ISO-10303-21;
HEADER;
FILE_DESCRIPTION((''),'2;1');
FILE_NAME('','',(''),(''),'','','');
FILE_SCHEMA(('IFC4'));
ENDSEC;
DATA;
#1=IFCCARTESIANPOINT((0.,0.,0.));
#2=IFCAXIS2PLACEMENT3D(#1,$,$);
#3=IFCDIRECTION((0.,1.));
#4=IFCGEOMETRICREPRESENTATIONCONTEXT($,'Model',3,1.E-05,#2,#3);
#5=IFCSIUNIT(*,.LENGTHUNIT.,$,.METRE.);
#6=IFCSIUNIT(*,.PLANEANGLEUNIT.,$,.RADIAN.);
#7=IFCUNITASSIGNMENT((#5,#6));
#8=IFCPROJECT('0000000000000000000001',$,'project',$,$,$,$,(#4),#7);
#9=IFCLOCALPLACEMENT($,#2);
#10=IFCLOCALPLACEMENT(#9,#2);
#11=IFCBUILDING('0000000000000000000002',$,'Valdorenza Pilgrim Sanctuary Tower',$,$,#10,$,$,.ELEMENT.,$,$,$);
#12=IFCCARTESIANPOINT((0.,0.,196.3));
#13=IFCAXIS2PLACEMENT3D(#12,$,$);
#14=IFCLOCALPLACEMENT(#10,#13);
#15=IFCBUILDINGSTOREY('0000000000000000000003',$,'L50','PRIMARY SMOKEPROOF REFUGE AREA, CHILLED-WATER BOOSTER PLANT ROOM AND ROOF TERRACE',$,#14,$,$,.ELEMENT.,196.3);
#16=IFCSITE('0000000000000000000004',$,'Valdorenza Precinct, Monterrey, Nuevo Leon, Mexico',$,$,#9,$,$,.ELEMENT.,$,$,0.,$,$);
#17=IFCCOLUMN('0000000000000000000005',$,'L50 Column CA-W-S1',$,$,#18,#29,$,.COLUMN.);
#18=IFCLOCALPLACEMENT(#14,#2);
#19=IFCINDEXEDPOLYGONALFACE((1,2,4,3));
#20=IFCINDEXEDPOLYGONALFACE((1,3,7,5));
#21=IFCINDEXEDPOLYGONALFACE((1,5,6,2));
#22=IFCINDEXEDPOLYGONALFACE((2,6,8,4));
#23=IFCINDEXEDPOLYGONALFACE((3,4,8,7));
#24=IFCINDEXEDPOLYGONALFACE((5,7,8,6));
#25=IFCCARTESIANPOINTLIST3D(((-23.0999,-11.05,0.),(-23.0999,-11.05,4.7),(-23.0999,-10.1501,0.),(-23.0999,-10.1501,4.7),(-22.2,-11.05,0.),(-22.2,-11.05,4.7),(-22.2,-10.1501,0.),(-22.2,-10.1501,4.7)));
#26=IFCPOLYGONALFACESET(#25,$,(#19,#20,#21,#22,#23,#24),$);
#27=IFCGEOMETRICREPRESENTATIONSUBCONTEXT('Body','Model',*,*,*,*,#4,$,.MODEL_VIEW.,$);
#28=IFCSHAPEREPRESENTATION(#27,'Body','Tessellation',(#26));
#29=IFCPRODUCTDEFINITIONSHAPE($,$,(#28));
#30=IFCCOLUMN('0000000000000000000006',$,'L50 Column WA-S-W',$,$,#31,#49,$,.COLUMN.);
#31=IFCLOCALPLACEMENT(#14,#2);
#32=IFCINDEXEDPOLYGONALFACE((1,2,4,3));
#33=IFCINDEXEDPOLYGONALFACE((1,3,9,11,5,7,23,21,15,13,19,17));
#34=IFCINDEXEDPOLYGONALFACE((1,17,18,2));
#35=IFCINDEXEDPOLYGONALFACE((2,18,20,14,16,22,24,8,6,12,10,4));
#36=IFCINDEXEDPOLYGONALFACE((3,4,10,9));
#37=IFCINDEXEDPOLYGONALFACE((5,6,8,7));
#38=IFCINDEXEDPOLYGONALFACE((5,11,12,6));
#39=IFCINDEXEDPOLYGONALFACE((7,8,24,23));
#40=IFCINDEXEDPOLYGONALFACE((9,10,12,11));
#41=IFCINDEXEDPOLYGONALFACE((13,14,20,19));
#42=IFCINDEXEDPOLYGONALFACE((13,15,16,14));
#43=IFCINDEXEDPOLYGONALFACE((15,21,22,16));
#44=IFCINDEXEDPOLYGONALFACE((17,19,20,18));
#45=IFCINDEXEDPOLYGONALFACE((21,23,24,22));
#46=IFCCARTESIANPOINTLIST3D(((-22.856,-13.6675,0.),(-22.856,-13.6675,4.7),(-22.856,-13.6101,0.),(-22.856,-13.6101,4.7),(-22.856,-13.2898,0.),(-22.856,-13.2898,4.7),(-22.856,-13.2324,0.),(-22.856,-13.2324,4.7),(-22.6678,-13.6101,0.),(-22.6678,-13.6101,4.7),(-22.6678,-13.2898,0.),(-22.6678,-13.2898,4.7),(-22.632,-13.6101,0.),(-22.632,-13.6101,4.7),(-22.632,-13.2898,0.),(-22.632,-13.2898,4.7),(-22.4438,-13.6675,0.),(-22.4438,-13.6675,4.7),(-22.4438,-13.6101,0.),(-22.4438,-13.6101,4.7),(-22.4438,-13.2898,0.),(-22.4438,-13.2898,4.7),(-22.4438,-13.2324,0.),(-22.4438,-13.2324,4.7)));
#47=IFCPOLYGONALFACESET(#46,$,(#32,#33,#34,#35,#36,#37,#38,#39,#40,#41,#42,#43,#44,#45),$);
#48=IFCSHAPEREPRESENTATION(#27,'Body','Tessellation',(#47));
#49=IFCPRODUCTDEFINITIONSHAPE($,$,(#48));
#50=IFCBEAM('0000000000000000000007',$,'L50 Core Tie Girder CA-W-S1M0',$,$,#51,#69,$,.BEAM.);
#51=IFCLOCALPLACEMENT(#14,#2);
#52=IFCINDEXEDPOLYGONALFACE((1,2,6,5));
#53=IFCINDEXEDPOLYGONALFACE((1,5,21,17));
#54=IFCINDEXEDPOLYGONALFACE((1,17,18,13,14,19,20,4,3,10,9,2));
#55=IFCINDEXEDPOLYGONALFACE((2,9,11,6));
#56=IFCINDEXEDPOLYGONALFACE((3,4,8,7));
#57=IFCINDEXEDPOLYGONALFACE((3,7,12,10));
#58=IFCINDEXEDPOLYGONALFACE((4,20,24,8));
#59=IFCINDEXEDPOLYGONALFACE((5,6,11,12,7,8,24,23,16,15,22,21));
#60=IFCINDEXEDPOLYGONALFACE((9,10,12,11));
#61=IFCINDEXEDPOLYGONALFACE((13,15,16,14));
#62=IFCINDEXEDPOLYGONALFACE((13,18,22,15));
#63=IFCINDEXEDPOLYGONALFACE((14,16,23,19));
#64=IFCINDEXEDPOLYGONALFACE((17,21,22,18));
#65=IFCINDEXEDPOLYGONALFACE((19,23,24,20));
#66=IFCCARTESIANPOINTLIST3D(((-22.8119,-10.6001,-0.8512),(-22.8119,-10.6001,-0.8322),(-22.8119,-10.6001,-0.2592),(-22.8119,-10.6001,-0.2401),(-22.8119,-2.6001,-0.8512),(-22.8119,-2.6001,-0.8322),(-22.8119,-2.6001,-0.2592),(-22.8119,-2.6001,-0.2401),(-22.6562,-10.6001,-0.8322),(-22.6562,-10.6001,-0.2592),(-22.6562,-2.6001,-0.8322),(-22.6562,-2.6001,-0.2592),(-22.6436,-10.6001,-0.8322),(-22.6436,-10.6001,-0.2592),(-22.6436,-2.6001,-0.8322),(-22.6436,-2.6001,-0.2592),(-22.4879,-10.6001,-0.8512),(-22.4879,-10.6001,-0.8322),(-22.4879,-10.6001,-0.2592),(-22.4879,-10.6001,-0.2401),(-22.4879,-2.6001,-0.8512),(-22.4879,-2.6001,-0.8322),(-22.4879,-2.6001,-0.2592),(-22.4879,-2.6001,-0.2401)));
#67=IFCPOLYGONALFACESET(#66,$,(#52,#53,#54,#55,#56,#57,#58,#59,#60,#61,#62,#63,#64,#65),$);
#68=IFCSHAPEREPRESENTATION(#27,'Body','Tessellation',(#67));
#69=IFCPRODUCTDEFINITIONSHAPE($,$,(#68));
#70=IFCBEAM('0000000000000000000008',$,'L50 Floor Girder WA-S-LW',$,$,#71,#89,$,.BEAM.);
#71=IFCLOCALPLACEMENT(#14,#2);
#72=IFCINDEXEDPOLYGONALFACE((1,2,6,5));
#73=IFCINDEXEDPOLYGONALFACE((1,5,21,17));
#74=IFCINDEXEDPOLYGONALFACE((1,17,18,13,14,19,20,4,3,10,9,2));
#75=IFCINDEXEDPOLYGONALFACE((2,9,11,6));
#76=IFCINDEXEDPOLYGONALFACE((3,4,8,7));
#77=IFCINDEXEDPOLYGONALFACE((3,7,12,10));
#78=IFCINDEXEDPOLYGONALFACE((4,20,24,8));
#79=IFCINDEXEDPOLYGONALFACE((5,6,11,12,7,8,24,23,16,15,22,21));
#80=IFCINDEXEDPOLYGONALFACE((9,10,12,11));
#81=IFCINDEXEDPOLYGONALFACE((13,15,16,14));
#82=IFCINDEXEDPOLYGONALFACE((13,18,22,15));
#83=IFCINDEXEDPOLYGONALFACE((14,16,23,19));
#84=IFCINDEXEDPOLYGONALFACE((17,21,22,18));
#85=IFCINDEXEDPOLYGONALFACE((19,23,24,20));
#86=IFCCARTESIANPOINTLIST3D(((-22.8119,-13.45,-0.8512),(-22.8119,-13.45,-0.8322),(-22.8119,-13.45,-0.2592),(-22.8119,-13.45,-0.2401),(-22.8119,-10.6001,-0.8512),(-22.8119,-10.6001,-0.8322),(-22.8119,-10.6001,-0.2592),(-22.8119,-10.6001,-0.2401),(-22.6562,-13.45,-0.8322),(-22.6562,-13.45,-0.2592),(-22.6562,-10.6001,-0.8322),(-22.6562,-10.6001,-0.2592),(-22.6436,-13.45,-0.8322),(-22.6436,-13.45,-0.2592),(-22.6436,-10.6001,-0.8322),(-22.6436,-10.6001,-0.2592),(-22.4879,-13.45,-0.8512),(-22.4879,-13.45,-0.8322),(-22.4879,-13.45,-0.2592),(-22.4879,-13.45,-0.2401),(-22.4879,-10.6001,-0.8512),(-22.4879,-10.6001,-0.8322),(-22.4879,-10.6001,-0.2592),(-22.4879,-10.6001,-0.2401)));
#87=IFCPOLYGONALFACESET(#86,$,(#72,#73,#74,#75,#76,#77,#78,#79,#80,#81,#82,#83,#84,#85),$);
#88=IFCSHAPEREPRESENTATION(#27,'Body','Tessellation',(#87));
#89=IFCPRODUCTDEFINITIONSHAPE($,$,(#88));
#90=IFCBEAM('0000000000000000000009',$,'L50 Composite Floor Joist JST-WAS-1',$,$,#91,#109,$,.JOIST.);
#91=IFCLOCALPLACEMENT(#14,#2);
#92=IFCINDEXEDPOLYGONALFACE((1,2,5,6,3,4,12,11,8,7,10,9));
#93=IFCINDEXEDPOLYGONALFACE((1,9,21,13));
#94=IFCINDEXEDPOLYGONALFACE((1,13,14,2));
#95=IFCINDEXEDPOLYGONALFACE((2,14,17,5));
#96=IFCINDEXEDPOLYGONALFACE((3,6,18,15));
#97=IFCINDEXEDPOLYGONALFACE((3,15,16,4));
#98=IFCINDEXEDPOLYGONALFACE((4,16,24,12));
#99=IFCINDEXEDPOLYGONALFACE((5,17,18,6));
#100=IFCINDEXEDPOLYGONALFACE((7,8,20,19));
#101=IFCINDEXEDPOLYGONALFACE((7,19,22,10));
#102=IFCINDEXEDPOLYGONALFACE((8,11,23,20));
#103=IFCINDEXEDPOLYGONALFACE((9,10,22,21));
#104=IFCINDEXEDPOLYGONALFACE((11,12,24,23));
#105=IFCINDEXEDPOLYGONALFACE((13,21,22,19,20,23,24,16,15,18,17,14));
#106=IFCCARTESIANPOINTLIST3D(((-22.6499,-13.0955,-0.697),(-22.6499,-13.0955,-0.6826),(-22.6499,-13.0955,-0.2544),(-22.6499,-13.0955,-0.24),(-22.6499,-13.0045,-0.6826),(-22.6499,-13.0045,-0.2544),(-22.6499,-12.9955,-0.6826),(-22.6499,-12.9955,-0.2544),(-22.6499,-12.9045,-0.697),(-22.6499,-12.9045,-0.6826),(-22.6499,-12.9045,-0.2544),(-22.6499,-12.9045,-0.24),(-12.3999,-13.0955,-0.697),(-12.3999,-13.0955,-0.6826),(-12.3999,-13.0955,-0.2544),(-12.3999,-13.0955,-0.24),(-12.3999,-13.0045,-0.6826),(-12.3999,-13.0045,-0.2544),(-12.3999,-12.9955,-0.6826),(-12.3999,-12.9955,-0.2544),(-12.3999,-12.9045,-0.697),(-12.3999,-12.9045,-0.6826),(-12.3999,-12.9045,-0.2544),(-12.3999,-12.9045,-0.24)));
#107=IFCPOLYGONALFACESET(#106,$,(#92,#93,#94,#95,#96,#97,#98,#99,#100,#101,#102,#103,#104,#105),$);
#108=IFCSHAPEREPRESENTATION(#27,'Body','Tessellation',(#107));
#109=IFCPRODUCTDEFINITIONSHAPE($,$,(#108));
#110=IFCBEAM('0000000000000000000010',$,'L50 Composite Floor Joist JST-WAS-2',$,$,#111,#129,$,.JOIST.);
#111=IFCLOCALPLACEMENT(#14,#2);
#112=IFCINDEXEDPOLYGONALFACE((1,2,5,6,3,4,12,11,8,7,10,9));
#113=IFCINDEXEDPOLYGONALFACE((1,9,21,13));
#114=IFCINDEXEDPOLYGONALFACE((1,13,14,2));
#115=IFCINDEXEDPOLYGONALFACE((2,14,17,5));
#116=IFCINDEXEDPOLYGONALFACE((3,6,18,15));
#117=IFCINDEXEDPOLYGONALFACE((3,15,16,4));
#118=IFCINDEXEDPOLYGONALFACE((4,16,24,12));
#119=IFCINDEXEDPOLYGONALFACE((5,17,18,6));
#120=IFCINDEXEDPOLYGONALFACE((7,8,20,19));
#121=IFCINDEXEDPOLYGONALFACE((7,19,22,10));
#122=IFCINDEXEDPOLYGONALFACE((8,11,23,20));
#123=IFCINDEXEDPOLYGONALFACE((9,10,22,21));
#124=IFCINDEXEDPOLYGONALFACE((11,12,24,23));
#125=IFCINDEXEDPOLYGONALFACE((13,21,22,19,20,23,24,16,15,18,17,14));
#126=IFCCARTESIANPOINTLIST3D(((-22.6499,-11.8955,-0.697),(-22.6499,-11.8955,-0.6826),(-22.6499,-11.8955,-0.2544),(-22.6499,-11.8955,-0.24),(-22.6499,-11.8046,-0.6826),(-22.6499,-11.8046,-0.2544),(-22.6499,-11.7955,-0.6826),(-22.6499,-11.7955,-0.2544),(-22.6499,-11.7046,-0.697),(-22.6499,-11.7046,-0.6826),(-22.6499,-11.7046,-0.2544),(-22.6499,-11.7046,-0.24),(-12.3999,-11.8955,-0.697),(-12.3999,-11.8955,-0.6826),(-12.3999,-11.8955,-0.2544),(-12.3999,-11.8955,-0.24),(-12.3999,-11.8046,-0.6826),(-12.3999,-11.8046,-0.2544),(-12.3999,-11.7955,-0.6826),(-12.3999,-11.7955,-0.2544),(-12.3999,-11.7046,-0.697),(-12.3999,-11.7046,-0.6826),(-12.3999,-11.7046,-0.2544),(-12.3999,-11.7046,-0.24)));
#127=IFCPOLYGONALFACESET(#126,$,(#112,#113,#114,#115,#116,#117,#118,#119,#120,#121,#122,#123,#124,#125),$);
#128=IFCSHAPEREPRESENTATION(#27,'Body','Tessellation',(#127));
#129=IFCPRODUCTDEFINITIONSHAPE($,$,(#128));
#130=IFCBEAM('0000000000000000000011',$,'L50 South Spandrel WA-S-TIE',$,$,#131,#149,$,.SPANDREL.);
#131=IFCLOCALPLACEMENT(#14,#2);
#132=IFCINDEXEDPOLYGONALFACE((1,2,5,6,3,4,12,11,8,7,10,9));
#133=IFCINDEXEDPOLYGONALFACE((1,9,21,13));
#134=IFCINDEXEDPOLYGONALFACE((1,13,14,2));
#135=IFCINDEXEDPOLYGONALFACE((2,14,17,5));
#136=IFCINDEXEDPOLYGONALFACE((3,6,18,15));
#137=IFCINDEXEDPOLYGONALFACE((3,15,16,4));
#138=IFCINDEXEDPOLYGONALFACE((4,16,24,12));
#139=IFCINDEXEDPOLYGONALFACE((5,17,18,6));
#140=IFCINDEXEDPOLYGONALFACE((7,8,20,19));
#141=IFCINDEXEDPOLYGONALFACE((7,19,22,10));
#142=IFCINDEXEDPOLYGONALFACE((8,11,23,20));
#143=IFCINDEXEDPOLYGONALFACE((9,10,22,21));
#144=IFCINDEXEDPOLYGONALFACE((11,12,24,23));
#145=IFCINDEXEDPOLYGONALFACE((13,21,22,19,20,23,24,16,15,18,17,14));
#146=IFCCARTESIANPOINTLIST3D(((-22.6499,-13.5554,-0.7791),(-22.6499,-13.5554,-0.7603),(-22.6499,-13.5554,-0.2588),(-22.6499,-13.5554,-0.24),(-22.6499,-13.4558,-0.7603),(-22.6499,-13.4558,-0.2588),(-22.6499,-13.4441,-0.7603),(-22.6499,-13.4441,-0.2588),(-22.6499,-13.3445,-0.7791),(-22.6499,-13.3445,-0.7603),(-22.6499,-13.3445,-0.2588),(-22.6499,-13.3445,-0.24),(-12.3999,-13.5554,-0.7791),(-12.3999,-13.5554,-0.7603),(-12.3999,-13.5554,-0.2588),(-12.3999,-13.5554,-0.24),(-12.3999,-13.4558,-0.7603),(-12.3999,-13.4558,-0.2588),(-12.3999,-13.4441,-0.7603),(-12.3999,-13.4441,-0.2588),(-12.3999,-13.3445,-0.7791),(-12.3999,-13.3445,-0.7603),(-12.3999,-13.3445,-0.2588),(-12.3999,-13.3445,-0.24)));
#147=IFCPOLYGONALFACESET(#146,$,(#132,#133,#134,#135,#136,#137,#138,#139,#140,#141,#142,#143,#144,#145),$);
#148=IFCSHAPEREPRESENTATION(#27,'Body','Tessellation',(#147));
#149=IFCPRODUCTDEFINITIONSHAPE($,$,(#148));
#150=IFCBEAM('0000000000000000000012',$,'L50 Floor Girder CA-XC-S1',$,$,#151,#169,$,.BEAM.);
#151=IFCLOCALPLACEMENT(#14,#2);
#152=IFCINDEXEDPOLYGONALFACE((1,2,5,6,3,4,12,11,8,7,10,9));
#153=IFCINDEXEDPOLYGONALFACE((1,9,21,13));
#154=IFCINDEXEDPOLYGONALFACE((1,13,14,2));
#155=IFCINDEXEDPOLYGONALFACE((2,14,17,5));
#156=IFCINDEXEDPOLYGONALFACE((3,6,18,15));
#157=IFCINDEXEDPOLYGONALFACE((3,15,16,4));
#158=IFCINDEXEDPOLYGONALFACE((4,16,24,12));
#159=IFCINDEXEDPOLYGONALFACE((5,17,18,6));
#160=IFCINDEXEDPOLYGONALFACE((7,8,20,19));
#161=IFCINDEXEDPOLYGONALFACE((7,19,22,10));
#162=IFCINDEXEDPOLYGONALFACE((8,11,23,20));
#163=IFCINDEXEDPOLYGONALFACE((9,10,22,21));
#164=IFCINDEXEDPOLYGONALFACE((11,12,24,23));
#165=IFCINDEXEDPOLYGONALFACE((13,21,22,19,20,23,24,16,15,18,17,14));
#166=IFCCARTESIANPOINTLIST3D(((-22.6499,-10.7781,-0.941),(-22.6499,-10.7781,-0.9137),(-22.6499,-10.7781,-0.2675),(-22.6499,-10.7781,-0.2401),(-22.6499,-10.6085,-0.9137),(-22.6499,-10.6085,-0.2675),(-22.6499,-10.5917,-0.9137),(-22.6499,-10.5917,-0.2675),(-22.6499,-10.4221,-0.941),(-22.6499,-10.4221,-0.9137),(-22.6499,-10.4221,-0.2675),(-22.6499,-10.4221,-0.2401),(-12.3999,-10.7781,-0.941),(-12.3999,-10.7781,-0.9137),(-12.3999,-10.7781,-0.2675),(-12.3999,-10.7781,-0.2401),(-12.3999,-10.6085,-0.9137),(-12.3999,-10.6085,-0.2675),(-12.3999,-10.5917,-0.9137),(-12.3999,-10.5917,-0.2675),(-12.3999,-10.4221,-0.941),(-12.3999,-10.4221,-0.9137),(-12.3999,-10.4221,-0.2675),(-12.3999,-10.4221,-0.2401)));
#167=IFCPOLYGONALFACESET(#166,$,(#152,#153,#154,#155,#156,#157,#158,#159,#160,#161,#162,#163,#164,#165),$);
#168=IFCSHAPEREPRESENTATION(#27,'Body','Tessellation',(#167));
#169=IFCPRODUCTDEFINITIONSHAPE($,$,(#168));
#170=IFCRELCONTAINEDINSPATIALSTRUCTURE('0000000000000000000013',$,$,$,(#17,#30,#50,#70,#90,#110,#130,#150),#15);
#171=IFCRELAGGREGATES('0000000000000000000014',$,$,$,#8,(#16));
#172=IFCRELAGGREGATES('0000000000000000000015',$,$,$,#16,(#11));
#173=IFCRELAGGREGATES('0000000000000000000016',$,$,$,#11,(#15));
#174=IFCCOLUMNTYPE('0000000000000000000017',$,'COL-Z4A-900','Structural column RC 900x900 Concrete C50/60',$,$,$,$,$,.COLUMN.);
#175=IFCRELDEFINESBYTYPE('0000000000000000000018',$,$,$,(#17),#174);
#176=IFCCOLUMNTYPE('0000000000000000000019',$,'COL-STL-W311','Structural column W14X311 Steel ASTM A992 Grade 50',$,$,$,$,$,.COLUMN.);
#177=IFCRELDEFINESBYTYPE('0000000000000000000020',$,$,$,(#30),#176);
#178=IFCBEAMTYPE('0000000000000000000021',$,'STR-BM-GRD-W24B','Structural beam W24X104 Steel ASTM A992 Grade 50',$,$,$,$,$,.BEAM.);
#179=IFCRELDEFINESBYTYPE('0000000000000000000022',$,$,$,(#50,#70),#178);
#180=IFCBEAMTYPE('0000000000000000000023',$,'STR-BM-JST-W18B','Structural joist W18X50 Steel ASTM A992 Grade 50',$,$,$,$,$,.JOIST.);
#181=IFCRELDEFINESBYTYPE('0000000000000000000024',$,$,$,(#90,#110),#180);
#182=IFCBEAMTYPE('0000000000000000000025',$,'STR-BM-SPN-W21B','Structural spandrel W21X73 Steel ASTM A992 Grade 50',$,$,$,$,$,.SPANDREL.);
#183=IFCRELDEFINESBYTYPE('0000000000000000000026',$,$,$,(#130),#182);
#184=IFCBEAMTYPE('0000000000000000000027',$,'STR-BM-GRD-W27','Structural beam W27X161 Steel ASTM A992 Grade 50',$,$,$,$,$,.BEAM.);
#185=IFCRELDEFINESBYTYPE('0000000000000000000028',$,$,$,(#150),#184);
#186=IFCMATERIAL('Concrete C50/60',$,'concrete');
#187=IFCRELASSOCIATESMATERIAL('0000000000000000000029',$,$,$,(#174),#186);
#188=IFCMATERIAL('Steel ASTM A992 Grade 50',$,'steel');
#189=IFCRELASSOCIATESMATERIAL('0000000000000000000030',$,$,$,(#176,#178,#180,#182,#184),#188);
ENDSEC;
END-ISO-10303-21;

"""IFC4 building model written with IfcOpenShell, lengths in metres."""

from ifc_helpers import new_model, si_unit, direction, frame, origin, origin_2d, place, context, subcontext, project, spatial, rectangle, i_section, extrude, source, transform, mapped, material, material_profile, profile_set, type_object, element, save


model = new_model("IFC4")

# Units and contexts
model_context = context("Model", 3, precision=1e-05, world=origin(), true_north=direction((0.0, 1.0)))
body_context = subcontext(model_context, "Body", "Model", "MODEL_VIEW")
ifc_project = project(units=[si_unit("LENGTHUNIT", "METRE"), si_unit("PLANEANGLEUNIT", "RADIAN")], contexts=[model_context])

# Site, building, storey
site_placement = place(None, origin())
site = spatial("IfcSite", under=ifc_project, at=site_placement, Name="Valdorenza Precinct, Monterrey, Nuevo Leon, Mexico", CompositionType="ELEMENT", RefElevation=0.0)
building_placement = place(site_placement, origin())
building = spatial("IfcBuilding", under=site, at=building_placement, Name="Valdorenza Pilgrim Sanctuary Tower", CompositionType="ELEMENT")
storey_placement = place(building_placement, frame((0.0, 0.0, 196.3)))
storey = spatial("IfcBuildingStorey", under=building, at=storey_placement, Name="L50", Description="PRIMARY SMOKEPROOF REFUGE AREA, CHILLED-WATER BOOSTER PLANT ROOM AND ROOF TERRACE", CompositionType="ELEMENT", Elevation=196.3)

# Columns
ifc_material_1 = material(Name="Concrete C50/60", Category="concrete")
ifc_material_profile_1 = material_profile(ifc_material_1, rectangle(XDim=0.8999, YDim=0.8999, at=origin_2d()), Name="RC 900x900")
ifc_profile_set_1 = profile_set([ifc_material_profile_1], Name="Concrete C50/60")
column_type_1 = type_object("IfcColumnType", Name="COL-Z4A-900", Description="Structural column RC 900x900 Concrete C50/60", PredefinedType="COLUMN", material=ifc_profile_set_1)
shared_shape_1 = source(origin(), body_context, "Body", "SweptSolid", [
    extrude(rectangle(XDim=0.8999, YDim=0.8999, at=origin_2d()), origin(), (0.0, 0.0, 1.0), 4.7),
])
column_1_placement = place(storey_placement, frame((-22.6499, -10.6001, 0.0), z_axis=(0.0, 0.0, 1.0), x_axis=(1.0, 0.0, 0.0)))
element("IfcColumn", 1, at=column_1_placement, inside=storey, type_object=column_type_1, Name="L50 Column CA-W-S1", PredefinedType="COLUMN", context=body_context, shape_type="MappedRepresentation", body=[
    mapped(shared_shape_1, transform((0.0, 0.0, 0.0), x_axis=(1.0, 0.0, 0.0), y_axis=(0.0, 1.0, 0.0), z_axis=(0.0, 0.0, 1.0), scale=1.0)),
])
ifc_material_2 = material(Name="Steel ASTM A992 Grade 50", Category="steel")
ifc_material_profile_2 = material_profile(ifc_material_2, i_section(OverallWidth=0.4121, OverallDepth=0.4351, WebThickness=0.0359, FlangeThickness=0.0574, at=origin_2d()), Name="W14X311")
ifc_profile_set_2 = profile_set([ifc_material_profile_2], Name="Steel ASTM A992 Grade 50")
column_type_2 = type_object("IfcColumnType", Name="COL-STL-W311", Description="Structural column W14X311 Steel ASTM A992 Grade 50", PredefinedType="COLUMN", material=ifc_profile_set_2)
shared_shape_2 = source(origin(), body_context, "Body", "SweptSolid", [
    extrude(i_section(OverallWidth=0.4121, OverallDepth=0.4351, WebThickness=0.0359, FlangeThickness=0.0574, at=origin_2d()), origin(), (0.0, 0.0, 1.0), 4.7),
])
column_2_placement = place(storey_placement, frame((-22.6499, -13.45, 0.0), z_axis=(0.0, 0.0, 1.0), x_axis=(1.0, 0.0, 0.0)))
element("IfcColumn", 2, at=column_2_placement, inside=storey, type_object=column_type_2, Name="L50 Column WA-S-W", PredefinedType="COLUMN", context=body_context, shape_type="MappedRepresentation", body=[
    mapped(shared_shape_2, transform((0.0, 0.0, 0.0), x_axis=(1.0, 0.0, 0.0), y_axis=(0.0, 1.0, 0.0), z_axis=(0.0, 0.0, 1.0), scale=1.0)),
])

# Beams
ifc_material_profile_3 = material_profile(ifc_material_2, i_section(OverallWidth=0.324, OverallDepth=0.6111, WebThickness=0.0127, FlangeThickness=0.019, at=origin_2d()), Name="W24X104")
ifc_profile_set_3 = profile_set([ifc_material_profile_3], Name="Steel ASTM A992 Grade 50")
beam_type_1 = type_object("IfcBeamType", Name="STR-BM-GRD-W24B", Description="Structural beam W24X104 Steel ASTM A992 Grade 50", PredefinedType="BEAM", material=ifc_profile_set_3)
shared_shape_3 = source(origin(), body_context, "Body", "SweptSolid", [
    extrude(i_section(OverallWidth=0.324, OverallDepth=0.6111, WebThickness=0.0127, FlangeThickness=0.019, at=origin_2d()), origin(), (0.0, 0.0, 1.0), 8.0),
])
beam_1_placement = place(storey_placement, frame((-22.6499, -10.6001, -0.5457), z_axis=(0.0, 1.0, 0.0), x_axis=(-1.0, 0.0, 0.0)))
element("IfcBeam", 3, at=beam_1_placement, inside=storey, type_object=beam_type_1, Name="L50 Core Tie Girder CA-W-S1M0", PredefinedType="BEAM", context=body_context, shape_type="MappedRepresentation", body=[
    mapped(shared_shape_3, transform((0.0, 0.0, 0.0), x_axis=(1.0, 0.0, 0.0), y_axis=(0.0, 1.0, 0.0), z_axis=(0.0, 0.0, 1.0), scale=1.0)),
])
shared_shape_4 = source(origin(), body_context, "Body", "SweptSolid", [
    extrude(i_section(OverallWidth=0.324, OverallDepth=0.6111, WebThickness=0.0127, FlangeThickness=0.019, at=origin_2d()), origin(), (0.0, 0.0, 1.0), 2.8499),
])
beam_2_placement = place(storey_placement, frame((-22.6499, -13.45, -0.5457), z_axis=(0.0, 1.0, 0.0), x_axis=(-1.0, 0.0, 0.0)))
element("IfcBeam", 4, at=beam_2_placement, inside=storey, type_object=beam_type_1, Name="L50 Floor Girder WA-S-LW", PredefinedType="BEAM", context=body_context, shape_type="MappedRepresentation", body=[
    mapped(shared_shape_4, transform((0.0, 0.0, 0.0), x_axis=(1.0, 0.0, 0.0), y_axis=(0.0, 1.0, 0.0), z_axis=(0.0, 0.0, 1.0), scale=1.0)),
])
ifc_material_profile_4 = material_profile(ifc_material_2, i_section(OverallWidth=0.1909, OverallDepth=0.457, WebThickness=0.009, FlangeThickness=0.0144, at=origin_2d()), Name="W18X50")
ifc_profile_set_4 = profile_set([ifc_material_profile_4], Name="Steel ASTM A992 Grade 50")
beam_type_2 = type_object("IfcBeamType", Name="STR-BM-JST-W18B", Description="Structural joist W18X50 Steel ASTM A992 Grade 50", PredefinedType="JOIST", material=ifc_profile_set_4)
shared_shape_5 = source(origin(), body_context, "Body", "SweptSolid", [
    extrude(i_section(OverallWidth=0.1909, OverallDepth=0.457, WebThickness=0.009, FlangeThickness=0.0144, at=origin_2d()), origin(), (0.0, 0.0, 1.0), 10.25),
])
for number, where, z_axis, x_axis, name in (
    (5, (-22.6499, -13.0, -0.4685), (1.0, 0.0, 0.0), (0.0, 1.0, 0.0), "L50 Composite Floor Joist JST-WAS-1"),
    (6, (-22.6499, -11.8, -0.4685), (1.0, 0.0, 0.0), (0.0, 1.0, 0.0), "L50 Composite Floor Joist JST-WAS-2"),
):
    element("IfcBeam", number, at=place(storey_placement, frame(where, z_axis=z_axis, x_axis=x_axis)), inside=storey, type_object=beam_type_2, Name=name, PredefinedType="JOIST", context=body_context, shape_type="MappedRepresentation", body=[
        mapped(shared_shape_5, transform((0.0, 0.0, 0.0), x_axis=(1.0, 0.0, 0.0), y_axis=(0.0, 1.0, 0.0), z_axis=(0.0, 0.0, 1.0), scale=1.0)),
    ])
ifc_material_profile_5 = material_profile(ifc_material_2, i_section(OverallWidth=0.2109, OverallDepth=0.5391, WebThickness=0.0117, FlangeThickness=0.0188, at=origin_2d()), Name="W21X73")
ifc_profile_set_5 = profile_set([ifc_material_profile_5], Name="Steel ASTM A992 Grade 50")
beam_type_3 = type_object("IfcBeamType", Name="STR-BM-SPN-W21B", Description="Structural spandrel W21X73 Steel ASTM A992 Grade 50", PredefinedType="SPANDREL", material=ifc_profile_set_5)
shared_shape_6 = source(origin(), body_context, "Body", "SweptSolid", [
    extrude(i_section(OverallWidth=0.2109, OverallDepth=0.5391, WebThickness=0.0117, FlangeThickness=0.0188, at=origin_2d()), origin(), (0.0, 0.0, 1.0), 10.25),
])
beam_3_placement = place(storey_placement, frame((-22.6499, -13.45, -0.5095), z_axis=(1.0, 0.0, 0.0), x_axis=(0.0, 1.0, 0.0)))
element("IfcBeam", 7, at=beam_3_placement, inside=storey, type_object=beam_type_3, Name="L50 South Spandrel WA-S-TIE", PredefinedType="SPANDREL", context=body_context, shape_type="MappedRepresentation", body=[
    mapped(shared_shape_6, transform((0.0, 0.0, 0.0), x_axis=(1.0, 0.0, 0.0), y_axis=(0.0, 1.0, 0.0), z_axis=(0.0, 0.0, 1.0), scale=1.0)),
])
ifc_material_profile_6 = material_profile(ifc_material_2, i_section(OverallWidth=0.356, OverallDepth=0.7009, WebThickness=0.0168, FlangeThickness=0.0273, at=origin_2d()), Name="W27X161")
ifc_profile_set_6 = profile_set([ifc_material_profile_6], Name="Steel ASTM A992 Grade 50")
beam_type_4 = type_object("IfcBeamType", Name="STR-BM-GRD-W27", Description="Structural beam W27X161 Steel ASTM A992 Grade 50", PredefinedType="BEAM", material=ifc_profile_set_6)
shared_shape_7 = source(origin(), body_context, "Body", "SweptSolid", [
    extrude(i_section(OverallWidth=0.356, OverallDepth=0.7009, WebThickness=0.0168, FlangeThickness=0.0273, at=origin_2d()), origin(), (0.0, 0.0, 1.0), 10.25),
])
beam_4_placement = place(storey_placement, frame((-22.6499, -10.6001, -0.5906), z_axis=(1.0, 0.0, 0.0), x_axis=(0.0, 1.0, 0.0)))
element("IfcBeam", 8, at=beam_4_placement, inside=storey, type_object=beam_type_4, Name="L50 Floor Girder CA-XC-S1", PredefinedType="BEAM", context=body_context, shape_type="MappedRepresentation", body=[
    mapped(shared_shape_7, transform((0.0, 0.0, 0.0), x_axis=(1.0, 0.0, 0.0), y_axis=(0.0, 1.0, 0.0), z_axis=(0.0, 0.0, 1.0), scale=1.0)),
])

save(model, "model.ifc")
